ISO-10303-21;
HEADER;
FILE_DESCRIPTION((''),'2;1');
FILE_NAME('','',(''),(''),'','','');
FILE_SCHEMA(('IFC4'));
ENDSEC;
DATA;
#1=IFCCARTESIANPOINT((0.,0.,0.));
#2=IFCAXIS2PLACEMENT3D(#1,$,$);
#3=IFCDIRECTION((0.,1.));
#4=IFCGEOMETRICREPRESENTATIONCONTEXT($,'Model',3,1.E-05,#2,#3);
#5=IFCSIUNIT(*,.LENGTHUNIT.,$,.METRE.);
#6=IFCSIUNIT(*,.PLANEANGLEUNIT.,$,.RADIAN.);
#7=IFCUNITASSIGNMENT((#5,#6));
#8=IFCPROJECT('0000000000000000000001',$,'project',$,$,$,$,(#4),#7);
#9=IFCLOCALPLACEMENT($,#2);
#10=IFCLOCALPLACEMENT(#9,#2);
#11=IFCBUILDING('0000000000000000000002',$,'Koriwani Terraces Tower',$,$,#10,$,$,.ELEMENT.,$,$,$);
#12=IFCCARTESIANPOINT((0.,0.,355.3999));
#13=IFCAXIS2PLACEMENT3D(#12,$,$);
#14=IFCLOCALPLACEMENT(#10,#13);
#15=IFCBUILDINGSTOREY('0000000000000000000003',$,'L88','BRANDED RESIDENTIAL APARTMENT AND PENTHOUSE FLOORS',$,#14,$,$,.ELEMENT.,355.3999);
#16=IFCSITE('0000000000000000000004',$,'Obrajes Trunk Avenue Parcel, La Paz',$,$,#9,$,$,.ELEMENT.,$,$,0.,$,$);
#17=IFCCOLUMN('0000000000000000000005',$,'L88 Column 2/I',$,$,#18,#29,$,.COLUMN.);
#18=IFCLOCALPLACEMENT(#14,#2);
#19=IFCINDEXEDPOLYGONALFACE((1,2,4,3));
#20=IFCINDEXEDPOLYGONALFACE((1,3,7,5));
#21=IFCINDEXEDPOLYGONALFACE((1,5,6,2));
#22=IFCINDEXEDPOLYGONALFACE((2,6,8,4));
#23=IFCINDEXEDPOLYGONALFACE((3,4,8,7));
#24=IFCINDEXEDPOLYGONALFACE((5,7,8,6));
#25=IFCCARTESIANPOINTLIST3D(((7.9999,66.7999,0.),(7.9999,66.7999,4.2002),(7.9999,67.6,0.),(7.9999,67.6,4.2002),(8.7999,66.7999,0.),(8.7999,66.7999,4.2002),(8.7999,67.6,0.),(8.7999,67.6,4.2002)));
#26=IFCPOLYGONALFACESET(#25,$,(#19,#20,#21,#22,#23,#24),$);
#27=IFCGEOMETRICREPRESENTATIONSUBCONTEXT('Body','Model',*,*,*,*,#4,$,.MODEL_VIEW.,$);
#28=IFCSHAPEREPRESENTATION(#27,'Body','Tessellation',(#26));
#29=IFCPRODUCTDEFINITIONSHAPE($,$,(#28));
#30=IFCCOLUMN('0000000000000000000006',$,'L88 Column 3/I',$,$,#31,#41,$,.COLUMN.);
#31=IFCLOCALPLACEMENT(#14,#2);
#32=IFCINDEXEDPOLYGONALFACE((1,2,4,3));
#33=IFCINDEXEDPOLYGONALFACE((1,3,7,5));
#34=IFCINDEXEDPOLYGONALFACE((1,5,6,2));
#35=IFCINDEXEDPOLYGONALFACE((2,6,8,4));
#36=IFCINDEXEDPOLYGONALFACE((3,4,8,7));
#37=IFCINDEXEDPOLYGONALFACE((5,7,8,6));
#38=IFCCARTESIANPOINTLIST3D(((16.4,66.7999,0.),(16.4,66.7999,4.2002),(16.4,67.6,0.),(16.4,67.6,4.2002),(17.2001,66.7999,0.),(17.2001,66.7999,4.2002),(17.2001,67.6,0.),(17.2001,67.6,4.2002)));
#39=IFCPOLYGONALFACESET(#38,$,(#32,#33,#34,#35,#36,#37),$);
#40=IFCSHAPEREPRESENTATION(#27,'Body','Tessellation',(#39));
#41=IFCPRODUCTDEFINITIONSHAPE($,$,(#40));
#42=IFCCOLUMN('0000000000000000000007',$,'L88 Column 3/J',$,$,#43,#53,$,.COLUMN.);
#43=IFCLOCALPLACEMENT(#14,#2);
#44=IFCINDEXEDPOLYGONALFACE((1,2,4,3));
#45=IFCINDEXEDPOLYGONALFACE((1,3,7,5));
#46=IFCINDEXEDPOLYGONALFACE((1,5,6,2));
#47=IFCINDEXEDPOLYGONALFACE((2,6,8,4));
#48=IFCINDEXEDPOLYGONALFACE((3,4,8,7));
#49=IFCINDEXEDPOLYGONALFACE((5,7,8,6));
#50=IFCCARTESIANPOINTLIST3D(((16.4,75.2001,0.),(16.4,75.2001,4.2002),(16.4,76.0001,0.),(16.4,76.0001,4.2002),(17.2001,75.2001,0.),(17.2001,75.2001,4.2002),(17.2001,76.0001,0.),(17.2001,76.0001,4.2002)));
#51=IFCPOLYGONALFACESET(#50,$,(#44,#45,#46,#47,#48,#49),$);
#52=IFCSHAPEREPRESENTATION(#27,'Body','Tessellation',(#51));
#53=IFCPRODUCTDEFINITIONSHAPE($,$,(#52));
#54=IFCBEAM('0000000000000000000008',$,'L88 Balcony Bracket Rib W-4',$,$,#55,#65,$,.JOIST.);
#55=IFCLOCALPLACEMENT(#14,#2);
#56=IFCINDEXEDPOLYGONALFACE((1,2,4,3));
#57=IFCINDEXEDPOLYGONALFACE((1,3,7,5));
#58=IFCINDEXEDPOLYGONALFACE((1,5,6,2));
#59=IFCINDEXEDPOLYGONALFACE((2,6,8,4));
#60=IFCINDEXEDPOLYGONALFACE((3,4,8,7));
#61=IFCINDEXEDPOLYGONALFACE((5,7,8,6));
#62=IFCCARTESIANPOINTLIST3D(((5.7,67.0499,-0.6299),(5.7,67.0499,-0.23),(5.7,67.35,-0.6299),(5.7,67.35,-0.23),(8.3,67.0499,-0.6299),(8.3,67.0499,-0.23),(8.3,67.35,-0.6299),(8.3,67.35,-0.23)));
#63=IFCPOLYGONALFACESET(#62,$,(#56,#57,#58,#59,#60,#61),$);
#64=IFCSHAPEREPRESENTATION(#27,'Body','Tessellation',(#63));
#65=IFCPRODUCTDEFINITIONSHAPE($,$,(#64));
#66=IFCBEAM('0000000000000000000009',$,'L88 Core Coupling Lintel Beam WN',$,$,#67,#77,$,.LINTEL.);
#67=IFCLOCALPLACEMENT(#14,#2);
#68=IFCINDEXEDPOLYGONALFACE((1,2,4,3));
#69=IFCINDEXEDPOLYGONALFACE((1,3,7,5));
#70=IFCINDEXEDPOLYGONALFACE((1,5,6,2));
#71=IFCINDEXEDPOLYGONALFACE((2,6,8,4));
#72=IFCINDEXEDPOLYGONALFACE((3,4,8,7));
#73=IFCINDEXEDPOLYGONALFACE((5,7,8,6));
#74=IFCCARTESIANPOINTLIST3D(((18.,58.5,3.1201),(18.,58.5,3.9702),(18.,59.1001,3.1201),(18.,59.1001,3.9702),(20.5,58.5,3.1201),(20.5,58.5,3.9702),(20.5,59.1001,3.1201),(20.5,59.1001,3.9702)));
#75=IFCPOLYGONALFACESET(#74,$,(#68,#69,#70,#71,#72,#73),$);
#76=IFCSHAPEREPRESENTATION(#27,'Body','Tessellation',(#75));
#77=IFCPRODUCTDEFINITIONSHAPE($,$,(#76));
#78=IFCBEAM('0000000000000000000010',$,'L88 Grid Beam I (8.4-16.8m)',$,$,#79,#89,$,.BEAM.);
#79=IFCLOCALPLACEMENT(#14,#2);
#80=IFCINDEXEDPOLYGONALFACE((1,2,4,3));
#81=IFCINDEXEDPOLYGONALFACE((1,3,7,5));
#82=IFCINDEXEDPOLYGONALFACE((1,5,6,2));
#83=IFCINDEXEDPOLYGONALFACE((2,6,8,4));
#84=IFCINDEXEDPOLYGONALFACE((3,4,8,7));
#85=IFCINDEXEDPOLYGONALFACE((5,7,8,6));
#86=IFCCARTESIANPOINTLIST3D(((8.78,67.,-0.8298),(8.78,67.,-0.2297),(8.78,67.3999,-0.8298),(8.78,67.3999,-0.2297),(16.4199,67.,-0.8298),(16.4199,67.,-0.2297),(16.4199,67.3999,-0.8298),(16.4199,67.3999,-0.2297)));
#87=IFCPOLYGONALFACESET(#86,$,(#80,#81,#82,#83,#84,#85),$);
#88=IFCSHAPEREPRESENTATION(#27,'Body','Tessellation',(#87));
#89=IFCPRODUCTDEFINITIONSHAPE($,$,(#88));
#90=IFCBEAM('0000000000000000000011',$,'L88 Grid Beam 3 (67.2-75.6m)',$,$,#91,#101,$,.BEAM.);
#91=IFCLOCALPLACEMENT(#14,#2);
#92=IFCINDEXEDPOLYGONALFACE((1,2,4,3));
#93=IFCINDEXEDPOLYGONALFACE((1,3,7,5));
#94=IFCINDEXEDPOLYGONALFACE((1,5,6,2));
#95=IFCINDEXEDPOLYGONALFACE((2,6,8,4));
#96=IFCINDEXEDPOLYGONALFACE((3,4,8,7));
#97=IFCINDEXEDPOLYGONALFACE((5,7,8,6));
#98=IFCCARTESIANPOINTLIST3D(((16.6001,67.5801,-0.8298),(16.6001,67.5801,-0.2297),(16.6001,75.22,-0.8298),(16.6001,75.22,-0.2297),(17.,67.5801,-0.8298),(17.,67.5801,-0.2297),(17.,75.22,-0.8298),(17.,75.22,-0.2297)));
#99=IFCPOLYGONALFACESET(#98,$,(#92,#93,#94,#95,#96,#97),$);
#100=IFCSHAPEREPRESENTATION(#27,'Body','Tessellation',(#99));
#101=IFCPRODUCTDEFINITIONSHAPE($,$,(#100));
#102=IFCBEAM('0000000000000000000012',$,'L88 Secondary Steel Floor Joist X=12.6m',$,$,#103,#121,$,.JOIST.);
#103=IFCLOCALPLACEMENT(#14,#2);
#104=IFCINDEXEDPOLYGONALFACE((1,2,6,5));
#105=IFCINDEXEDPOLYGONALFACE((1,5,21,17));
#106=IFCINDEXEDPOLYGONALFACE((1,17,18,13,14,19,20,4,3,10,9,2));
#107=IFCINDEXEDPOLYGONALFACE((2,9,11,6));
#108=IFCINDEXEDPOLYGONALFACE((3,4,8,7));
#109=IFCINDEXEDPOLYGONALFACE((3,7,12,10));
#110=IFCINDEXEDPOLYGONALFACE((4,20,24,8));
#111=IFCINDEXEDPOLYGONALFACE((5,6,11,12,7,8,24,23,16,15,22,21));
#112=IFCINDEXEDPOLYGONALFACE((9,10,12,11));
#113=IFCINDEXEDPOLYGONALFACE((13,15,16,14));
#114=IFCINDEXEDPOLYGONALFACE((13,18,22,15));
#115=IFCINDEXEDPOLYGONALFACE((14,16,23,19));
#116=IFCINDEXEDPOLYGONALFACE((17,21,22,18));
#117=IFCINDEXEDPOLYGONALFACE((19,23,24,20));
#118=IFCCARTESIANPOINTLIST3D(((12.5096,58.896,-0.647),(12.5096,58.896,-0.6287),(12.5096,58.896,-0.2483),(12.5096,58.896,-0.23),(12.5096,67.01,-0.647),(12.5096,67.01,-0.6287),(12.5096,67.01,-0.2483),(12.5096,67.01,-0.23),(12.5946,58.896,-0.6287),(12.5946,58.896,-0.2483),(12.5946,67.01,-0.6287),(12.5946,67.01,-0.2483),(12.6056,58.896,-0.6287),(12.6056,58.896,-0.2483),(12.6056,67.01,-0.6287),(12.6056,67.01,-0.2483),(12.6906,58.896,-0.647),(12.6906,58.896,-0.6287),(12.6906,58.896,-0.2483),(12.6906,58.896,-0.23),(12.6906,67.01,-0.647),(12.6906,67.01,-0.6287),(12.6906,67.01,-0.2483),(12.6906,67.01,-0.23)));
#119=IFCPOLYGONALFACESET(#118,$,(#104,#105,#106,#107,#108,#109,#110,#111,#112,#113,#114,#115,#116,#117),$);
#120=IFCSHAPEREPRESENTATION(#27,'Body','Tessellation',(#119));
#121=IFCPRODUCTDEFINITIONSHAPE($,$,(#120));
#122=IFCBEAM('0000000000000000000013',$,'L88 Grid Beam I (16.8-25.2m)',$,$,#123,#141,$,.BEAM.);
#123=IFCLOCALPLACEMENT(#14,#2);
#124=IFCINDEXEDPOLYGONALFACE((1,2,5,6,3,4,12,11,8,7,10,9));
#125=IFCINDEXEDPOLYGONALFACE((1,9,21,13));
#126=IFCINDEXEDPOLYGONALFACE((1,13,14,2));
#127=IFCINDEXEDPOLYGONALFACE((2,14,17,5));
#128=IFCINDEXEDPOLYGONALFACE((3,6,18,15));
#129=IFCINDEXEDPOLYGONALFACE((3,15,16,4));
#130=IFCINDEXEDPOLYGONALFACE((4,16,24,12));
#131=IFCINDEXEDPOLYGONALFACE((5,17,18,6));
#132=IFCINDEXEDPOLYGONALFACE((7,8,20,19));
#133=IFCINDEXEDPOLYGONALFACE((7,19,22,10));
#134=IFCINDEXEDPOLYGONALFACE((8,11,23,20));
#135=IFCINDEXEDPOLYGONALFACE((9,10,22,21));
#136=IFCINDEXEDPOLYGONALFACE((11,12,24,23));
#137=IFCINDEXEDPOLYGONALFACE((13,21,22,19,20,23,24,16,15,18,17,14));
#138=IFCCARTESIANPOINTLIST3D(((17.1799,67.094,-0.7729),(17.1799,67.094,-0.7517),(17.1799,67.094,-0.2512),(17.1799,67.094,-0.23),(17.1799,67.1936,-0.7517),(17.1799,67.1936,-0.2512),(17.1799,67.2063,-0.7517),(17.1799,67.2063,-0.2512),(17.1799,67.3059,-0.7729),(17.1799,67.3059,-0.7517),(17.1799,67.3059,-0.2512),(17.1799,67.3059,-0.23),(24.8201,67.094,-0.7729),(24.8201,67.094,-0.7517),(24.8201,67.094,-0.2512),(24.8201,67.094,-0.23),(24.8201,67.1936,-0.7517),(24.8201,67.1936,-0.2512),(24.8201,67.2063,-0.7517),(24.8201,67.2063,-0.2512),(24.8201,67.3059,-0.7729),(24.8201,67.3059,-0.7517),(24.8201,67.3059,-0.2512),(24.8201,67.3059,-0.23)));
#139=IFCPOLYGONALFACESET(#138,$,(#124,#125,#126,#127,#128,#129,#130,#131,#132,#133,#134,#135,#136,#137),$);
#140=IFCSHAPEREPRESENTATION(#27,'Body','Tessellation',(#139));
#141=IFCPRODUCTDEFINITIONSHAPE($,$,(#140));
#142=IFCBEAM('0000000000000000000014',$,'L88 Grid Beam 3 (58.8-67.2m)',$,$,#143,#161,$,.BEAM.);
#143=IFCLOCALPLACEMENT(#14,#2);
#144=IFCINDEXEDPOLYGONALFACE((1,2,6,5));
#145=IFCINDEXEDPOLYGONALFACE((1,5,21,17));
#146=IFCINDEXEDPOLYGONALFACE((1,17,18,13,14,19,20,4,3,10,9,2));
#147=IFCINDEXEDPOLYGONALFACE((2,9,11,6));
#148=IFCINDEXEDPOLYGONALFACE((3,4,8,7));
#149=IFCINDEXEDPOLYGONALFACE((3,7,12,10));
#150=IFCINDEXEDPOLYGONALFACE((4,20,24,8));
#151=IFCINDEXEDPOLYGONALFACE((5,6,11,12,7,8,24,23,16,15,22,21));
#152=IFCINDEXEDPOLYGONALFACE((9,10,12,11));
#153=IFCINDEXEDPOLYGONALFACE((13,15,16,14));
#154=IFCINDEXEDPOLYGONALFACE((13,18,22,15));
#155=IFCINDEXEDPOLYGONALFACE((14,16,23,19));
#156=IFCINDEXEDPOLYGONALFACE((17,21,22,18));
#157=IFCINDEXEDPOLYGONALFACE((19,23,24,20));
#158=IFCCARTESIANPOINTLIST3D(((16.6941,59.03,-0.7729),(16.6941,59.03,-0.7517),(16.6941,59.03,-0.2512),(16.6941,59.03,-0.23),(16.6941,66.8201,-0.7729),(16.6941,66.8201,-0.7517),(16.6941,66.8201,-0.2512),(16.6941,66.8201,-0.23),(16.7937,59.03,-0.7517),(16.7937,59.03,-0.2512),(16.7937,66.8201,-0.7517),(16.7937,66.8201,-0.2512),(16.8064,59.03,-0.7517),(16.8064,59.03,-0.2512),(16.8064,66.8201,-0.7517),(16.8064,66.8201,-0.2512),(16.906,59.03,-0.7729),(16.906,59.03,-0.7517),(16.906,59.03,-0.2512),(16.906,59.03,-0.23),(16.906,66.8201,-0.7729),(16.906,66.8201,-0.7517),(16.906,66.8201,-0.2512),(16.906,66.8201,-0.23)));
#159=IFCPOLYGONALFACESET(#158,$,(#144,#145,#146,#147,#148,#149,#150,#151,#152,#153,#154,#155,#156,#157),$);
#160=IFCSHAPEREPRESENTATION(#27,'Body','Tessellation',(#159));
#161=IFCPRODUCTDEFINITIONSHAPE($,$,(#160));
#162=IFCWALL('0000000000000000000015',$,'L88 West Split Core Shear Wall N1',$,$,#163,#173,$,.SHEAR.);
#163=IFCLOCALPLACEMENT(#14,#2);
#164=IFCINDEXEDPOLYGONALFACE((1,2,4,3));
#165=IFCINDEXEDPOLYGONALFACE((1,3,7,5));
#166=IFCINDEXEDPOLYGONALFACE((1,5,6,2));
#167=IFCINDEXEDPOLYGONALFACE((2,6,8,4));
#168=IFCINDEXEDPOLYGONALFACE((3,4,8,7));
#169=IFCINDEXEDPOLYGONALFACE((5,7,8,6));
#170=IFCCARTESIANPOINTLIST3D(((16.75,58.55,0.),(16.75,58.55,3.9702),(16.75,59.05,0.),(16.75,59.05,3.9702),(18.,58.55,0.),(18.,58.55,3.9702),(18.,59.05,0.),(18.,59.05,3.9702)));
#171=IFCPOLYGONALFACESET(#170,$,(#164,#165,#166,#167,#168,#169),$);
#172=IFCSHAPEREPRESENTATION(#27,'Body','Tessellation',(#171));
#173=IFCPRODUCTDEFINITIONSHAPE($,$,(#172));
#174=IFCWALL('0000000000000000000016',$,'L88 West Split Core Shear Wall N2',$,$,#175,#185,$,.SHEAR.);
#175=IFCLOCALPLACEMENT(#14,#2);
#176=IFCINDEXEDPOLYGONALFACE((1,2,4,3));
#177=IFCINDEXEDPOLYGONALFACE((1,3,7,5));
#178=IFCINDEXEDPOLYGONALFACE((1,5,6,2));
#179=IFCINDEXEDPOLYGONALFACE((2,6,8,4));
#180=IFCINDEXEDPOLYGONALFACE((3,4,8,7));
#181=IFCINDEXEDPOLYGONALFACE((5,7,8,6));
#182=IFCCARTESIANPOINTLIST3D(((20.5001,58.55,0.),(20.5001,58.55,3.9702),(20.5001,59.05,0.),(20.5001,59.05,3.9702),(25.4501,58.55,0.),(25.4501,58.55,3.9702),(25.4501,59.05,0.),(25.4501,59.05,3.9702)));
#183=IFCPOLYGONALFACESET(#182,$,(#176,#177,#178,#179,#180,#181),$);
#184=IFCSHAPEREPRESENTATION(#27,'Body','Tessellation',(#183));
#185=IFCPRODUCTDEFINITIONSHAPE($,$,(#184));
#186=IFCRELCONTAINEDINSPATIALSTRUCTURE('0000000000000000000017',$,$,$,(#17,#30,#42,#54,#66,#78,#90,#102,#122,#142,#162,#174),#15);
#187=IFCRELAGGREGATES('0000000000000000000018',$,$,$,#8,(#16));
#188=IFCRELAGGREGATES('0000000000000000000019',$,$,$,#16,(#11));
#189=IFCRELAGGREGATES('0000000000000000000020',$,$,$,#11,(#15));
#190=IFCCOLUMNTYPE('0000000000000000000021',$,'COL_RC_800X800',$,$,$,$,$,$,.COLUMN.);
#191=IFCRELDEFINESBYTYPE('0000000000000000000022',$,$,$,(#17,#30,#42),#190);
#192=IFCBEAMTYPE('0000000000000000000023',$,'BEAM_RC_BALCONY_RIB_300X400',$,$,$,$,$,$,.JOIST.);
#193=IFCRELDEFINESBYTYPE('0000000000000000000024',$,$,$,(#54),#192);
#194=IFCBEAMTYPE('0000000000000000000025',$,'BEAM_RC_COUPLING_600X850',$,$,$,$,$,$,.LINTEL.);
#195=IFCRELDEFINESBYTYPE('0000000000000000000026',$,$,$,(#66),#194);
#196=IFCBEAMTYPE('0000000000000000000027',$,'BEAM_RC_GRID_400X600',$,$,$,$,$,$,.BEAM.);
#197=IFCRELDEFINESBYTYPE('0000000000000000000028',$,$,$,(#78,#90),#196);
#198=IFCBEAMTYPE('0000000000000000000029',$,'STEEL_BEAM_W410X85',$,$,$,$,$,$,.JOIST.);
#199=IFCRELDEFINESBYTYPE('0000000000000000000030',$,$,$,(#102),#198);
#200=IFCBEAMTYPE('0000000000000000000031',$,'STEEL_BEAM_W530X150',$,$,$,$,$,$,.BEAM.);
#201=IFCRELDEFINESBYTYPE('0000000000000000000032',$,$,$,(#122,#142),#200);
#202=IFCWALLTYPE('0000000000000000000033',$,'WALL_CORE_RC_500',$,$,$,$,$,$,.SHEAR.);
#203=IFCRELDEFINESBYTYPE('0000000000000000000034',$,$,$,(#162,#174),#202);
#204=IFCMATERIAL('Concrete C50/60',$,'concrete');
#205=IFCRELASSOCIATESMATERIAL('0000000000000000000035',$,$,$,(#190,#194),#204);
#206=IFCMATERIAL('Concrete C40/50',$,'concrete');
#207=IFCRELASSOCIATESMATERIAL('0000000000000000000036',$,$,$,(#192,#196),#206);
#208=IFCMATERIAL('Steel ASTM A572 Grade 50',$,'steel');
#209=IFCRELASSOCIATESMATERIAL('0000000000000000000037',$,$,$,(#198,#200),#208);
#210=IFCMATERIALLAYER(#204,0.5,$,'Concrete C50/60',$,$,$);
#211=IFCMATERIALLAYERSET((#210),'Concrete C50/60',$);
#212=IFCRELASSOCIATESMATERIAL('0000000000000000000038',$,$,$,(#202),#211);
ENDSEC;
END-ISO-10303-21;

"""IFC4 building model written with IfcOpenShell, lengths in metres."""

from ifc_helpers import new_model, si_unit, direction, frame, frame_2d, origin, origin_2d, place, context, subcontext, project, spatial, rectangle, i_section, extrude, material, layer, layer_set, material_profile, profile_set, type_object, element, save


model = new_model("IFC4")

# Units and contexts
model_context = context("Model", 3, precision=1e-05, world=origin(), true_north=direction((0.0, 1.0)))
body_context = subcontext(model_context, "Body", "Model", "MODEL_VIEW")
ifc_project = project(units=[si_unit("LENGTHUNIT", "METRE"), si_unit("PLANEANGLEUNIT", "RADIAN")], contexts=[model_context])

# Site, building, storey
site_placement = place(None, origin())
site = spatial("IfcSite", under=ifc_project, at=site_placement, Name="Obrajes Trunk Avenue Parcel, La Paz", CompositionType="ELEMENT", RefElevation=0.0)
building_placement = place(site_placement, origin())
building = spatial("IfcBuilding", under=site, at=building_placement, Name="Koriwani Terraces Tower", CompositionType="ELEMENT")
storey_placement = place(building_placement, frame((0.0, 0.0, 355.3999)))
storey = spatial("IfcBuildingStorey", under=building, at=storey_placement, Name="L88", Description="BRANDED RESIDENTIAL APARTMENT AND PENTHOUSE FLOORS", CompositionType="ELEMENT", Elevation=355.3999)

# Columns
ifc_material_1 = material(Name="Concrete C50/60", Category="concrete")
ifc_material_profile_1 = material_profile(ifc_material_1, rectangle(XDim=0.8, YDim=0.8, at=origin_2d()), Name="Concrete C50/60", Category="LoadBearing")
ifc_profile_set_1 = profile_set([ifc_material_profile_1], Name="Concrete C50/60")
column_type = type_object("IfcColumnType", Name="COL_RC_800X800", PredefinedType="COLUMN", material=ifc_profile_set_1)
for number, where, z_axis, x_axis, name in (
    (1, (8.3999, 67.2, 0.0), (0.0, 0.0, 1.0), (1.0, 0.0, 0.0), "L88 Column 2/I"),
    (2, (16.8, 67.2, 0.0), (0.0, 0.0, 1.0), (1.0, 0.0, 0.0), "L88 Column 3/I"),
    (3, (16.8, 75.6001, 0.0), (0.0, 0.0, 1.0), (1.0, 0.0, 0.0), "L88 Column 3/J"),
):
    element("IfcColumn", number, at=place(storey_placement, frame(where, z_axis=z_axis, x_axis=x_axis)), inside=storey, type_object=column_type, Name=name, PredefinedType="COLUMN", context=body_context, shape_type="SweptSolid", body=[
        extrude(rectangle(XDim=0.8, YDim=0.8, at=origin_2d()), origin(), (0.0, 0.0, 1.0), 4.2002),
    ])

# Beams
ifc_material_2 = material(Name="Concrete C40/50", Category="concrete")
ifc_material_profile_2 = material_profile(ifc_material_2, rectangle(XDim=0.3, YDim=0.3999, at=origin_2d()), Name="Concrete C40/50", Category="LoadBearing")
ifc_profile_set_2 = profile_set([ifc_material_profile_2], Name="Concrete C40/50")
beam_type_1 = type_object("IfcBeamType", Name="BEAM_RC_BALCONY_RIB_300X400", PredefinedType="JOIST", material=ifc_profile_set_2)
beam_1_placement = place(storey_placement, frame((5.7, 67.2, -0.4299), z_axis=(1.0, 0.0, 0.0), x_axis=(0.0, 1.0, 0.0)))
element("IfcBeam", 4, at=beam_1_placement, inside=storey, type_object=beam_type_1, Name="L88 Balcony Bracket Rib W-4", PredefinedType="JOIST", context=body_context, shape_type="SweptSolid", body=[
    extrude(rectangle(XDim=0.3, YDim=0.3999, at=origin_2d()), origin(), (0.0, 0.0, 1.0), 2.6001),
])
ifc_material_profile_3 = material_profile(ifc_material_1, rectangle(XDim=0.6001, YDim=0.8501, at=origin_2d()), Name="Concrete C50/60", Category="LoadBearing")
ifc_profile_set_3 = profile_set([ifc_material_profile_3], Name="Concrete C50/60")
beam_type_2 = type_object("IfcBeamType", Name="BEAM_RC_COUPLING_600X850", PredefinedType="LINTEL", material=ifc_profile_set_3)
beam_2_placement = place(storey_placement, frame((18.0, 58.8, 3.5452), z_axis=(1.0, 0.0, 0.0), x_axis=(0.0, 1.0, 0.0)))
element("IfcBeam", 5, at=beam_2_placement, inside=storey, type_object=beam_type_2, Name="L88 Core Coupling Lintel Beam WN", PredefinedType="LINTEL", context=body_context, shape_type="SweptSolid", body=[
    extrude(rectangle(XDim=0.6001, YDim=0.8501, at=origin_2d()), origin(), (0.0, 0.0, 1.0), 2.5),
])
ifc_material_profile_4 = material_profile(ifc_material_2, rectangle(XDim=0.3999, YDim=0.6001, at=origin_2d()), Name="Concrete C40/50", Category="LoadBearing")
ifc_profile_set_4 = profile_set([ifc_material_profile_4], Name="Concrete C40/50")
beam_type_3 = type_object("IfcBeamType", Name="BEAM_RC_GRID_400X600", PredefinedType="BEAM", material=ifc_profile_set_4)
for number, where, z_axis, x_axis, name in (
    (6, (8.78, 67.2, -0.5298), (1.0, 0.0, 0.0), (0.0, 1.0, 0.0), "L88 Grid Beam I (8.4-16.8m)"),
    (7, (16.8, 67.5801, -0.5298), (0.0, 1.0, 0.0), (-1.0, 0.0, 0.0), "L88 Grid Beam 3 (67.2-75.6m)"),
):
    element("IfcBeam", number, at=place(storey_placement, frame(where, z_axis=z_axis, x_axis=x_axis)), inside=storey, type_object=beam_type_3, Name=name, PredefinedType="BEAM", context=body_context, shape_type="SweptSolid", body=[
        extrude(rectangle(XDim=0.3999, YDim=0.6001, at=origin_2d()), origin(), (0.0, 0.0, 1.0), 7.6399),
    ])
ifc_material_3 = material(Name="Steel ASTM A572 Grade 50", Category="steel")
ifc_material_profile_5 = material_profile(ifc_material_3, i_section(OverallWidth=0.1809, OverallDepth=0.417, WebThickness=0.011, FlangeThickness=0.0183, at=origin_2d()), Name="Steel ASTM A572 Grade 50", Category="LoadBearing")
ifc_profile_set_5 = profile_set([ifc_material_profile_5], Name="Steel ASTM A572 Grade 50")
beam_type_4 = type_object("IfcBeamType", Name="STEEL_BEAM_W410X85", PredefinedType="JOIST", material=ifc_profile_set_5)
beam_3_placement = place(storey_placement, frame((12.6001, 58.896, -0.4385), z_axis=(0.0, 1.0, 0.0), x_axis=(-1.0, 0.0, 0.0)))
element("IfcBeam", 8, at=beam_3_placement, inside=storey, type_object=beam_type_4, Name="L88 Secondary Steel Floor Joist X=12.6m", PredefinedType="JOIST", context=body_context, shape_type="SweptSolid", body=[
    extrude(i_section(OverallWidth=0.1809, OverallDepth=0.417, WebThickness=0.011, FlangeThickness=0.0183, at=origin_2d()), origin(), (0.0, 0.0, 1.0), 8.114),
])
ifc_material_profile_6 = material_profile(ifc_material_3, i_section(OverallWidth=0.2119, OverallDepth=0.543, WebThickness=0.0127, FlangeThickness=0.0212, at=origin_2d()), Name="Steel ASTM A572 Grade 50", Category="LoadBearing")
ifc_profile_set_6 = profile_set([ifc_material_profile_6], Name="Steel ASTM A572 Grade 50")
beam_type_5 = type_object("IfcBeamType", Name="STEEL_BEAM_W530X150", PredefinedType="BEAM", material=ifc_profile_set_6)
beam_4_placement = place(storey_placement, frame((17.1799, 67.2, -0.5015), z_axis=(1.0, 0.0, 0.0), x_axis=(0.0, 1.0, 0.0)))
element("IfcBeam", 9, at=beam_4_placement, inside=storey, type_object=beam_type_5, Name="L88 Grid Beam I (16.8-25.2m)", PredefinedType="BEAM", context=body_context, shape_type="SweptSolid", body=[
    extrude(i_section(OverallWidth=0.2119, OverallDepth=0.543, WebThickness=0.0127, FlangeThickness=0.0212, at=origin_2d()), origin(), (0.0, 0.0, 1.0), 7.6401),
])
beam_5_placement = place(storey_placement, frame((16.8, 59.03, -0.5015), z_axis=(0.0, 1.0, 0.0), x_axis=(-1.0, 0.0, 0.0)))
element("IfcBeam", 10, at=beam_5_placement, inside=storey, type_object=beam_type_5, Name="L88 Grid Beam 3 (58.8-67.2m)", PredefinedType="BEAM", context=body_context, shape_type="SweptSolid", body=[
    extrude(i_section(OverallWidth=0.2119, OverallDepth=0.543, WebThickness=0.0127, FlangeThickness=0.0212, at=origin_2d()), origin(), (0.0, 0.0, 1.0), 7.79),
])

# Walls
ifc_layer_1 = layer(ifc_material_1, 0.5, Name="Concrete C50/60")
ifc_layer_set_1 = layer_set([ifc_layer_1], Name="Concrete C50/60")
wall_type_1 = type_object("IfcWallType", Name="WALL_CORE_RC_500", PredefinedType="SHEAR", material=ifc_layer_set_1)
wall_1_placement = place(storey_placement, frame((16.75, 58.8, 0.0), z_axis=(0.0, 0.0, 1.0), x_axis=(1.0, 0.0, 0.0)))
element("IfcWall", 11, at=wall_1_placement, inside=storey, type_object=wall_type_1, Name="L88 West Split Core Shear Wall N1", PredefinedType="SHEAR", context=body_context, shape_type="SweptSolid", body=[
    extrude(rectangle(XDim=1.25, YDim=0.5, at=frame_2d((0.625, 0.0))), origin(), (0.0, 0.0, 1.0), 3.9702),
])
wall_2_placement = place(storey_placement, frame((20.5, 58.8, 0.0), z_axis=(0.0, 0.0, 1.0), x_axis=(1.0, 0.0, 0.0)))
element("IfcWall", 12, at=wall_2_placement, inside=storey, type_object=wall_type_1, Name="L88 West Split Core Shear Wall N2", PredefinedType="SHEAR", context=body_context, shape_type="SweptSolid", body=[
    extrude(rectangle(XDim=4.95, YDim=0.5, at=frame_2d((2.4751, 0.0))), origin(), (0.0, 0.0, 1.0), 3.9702),
])

save(model, "model.ifc")
